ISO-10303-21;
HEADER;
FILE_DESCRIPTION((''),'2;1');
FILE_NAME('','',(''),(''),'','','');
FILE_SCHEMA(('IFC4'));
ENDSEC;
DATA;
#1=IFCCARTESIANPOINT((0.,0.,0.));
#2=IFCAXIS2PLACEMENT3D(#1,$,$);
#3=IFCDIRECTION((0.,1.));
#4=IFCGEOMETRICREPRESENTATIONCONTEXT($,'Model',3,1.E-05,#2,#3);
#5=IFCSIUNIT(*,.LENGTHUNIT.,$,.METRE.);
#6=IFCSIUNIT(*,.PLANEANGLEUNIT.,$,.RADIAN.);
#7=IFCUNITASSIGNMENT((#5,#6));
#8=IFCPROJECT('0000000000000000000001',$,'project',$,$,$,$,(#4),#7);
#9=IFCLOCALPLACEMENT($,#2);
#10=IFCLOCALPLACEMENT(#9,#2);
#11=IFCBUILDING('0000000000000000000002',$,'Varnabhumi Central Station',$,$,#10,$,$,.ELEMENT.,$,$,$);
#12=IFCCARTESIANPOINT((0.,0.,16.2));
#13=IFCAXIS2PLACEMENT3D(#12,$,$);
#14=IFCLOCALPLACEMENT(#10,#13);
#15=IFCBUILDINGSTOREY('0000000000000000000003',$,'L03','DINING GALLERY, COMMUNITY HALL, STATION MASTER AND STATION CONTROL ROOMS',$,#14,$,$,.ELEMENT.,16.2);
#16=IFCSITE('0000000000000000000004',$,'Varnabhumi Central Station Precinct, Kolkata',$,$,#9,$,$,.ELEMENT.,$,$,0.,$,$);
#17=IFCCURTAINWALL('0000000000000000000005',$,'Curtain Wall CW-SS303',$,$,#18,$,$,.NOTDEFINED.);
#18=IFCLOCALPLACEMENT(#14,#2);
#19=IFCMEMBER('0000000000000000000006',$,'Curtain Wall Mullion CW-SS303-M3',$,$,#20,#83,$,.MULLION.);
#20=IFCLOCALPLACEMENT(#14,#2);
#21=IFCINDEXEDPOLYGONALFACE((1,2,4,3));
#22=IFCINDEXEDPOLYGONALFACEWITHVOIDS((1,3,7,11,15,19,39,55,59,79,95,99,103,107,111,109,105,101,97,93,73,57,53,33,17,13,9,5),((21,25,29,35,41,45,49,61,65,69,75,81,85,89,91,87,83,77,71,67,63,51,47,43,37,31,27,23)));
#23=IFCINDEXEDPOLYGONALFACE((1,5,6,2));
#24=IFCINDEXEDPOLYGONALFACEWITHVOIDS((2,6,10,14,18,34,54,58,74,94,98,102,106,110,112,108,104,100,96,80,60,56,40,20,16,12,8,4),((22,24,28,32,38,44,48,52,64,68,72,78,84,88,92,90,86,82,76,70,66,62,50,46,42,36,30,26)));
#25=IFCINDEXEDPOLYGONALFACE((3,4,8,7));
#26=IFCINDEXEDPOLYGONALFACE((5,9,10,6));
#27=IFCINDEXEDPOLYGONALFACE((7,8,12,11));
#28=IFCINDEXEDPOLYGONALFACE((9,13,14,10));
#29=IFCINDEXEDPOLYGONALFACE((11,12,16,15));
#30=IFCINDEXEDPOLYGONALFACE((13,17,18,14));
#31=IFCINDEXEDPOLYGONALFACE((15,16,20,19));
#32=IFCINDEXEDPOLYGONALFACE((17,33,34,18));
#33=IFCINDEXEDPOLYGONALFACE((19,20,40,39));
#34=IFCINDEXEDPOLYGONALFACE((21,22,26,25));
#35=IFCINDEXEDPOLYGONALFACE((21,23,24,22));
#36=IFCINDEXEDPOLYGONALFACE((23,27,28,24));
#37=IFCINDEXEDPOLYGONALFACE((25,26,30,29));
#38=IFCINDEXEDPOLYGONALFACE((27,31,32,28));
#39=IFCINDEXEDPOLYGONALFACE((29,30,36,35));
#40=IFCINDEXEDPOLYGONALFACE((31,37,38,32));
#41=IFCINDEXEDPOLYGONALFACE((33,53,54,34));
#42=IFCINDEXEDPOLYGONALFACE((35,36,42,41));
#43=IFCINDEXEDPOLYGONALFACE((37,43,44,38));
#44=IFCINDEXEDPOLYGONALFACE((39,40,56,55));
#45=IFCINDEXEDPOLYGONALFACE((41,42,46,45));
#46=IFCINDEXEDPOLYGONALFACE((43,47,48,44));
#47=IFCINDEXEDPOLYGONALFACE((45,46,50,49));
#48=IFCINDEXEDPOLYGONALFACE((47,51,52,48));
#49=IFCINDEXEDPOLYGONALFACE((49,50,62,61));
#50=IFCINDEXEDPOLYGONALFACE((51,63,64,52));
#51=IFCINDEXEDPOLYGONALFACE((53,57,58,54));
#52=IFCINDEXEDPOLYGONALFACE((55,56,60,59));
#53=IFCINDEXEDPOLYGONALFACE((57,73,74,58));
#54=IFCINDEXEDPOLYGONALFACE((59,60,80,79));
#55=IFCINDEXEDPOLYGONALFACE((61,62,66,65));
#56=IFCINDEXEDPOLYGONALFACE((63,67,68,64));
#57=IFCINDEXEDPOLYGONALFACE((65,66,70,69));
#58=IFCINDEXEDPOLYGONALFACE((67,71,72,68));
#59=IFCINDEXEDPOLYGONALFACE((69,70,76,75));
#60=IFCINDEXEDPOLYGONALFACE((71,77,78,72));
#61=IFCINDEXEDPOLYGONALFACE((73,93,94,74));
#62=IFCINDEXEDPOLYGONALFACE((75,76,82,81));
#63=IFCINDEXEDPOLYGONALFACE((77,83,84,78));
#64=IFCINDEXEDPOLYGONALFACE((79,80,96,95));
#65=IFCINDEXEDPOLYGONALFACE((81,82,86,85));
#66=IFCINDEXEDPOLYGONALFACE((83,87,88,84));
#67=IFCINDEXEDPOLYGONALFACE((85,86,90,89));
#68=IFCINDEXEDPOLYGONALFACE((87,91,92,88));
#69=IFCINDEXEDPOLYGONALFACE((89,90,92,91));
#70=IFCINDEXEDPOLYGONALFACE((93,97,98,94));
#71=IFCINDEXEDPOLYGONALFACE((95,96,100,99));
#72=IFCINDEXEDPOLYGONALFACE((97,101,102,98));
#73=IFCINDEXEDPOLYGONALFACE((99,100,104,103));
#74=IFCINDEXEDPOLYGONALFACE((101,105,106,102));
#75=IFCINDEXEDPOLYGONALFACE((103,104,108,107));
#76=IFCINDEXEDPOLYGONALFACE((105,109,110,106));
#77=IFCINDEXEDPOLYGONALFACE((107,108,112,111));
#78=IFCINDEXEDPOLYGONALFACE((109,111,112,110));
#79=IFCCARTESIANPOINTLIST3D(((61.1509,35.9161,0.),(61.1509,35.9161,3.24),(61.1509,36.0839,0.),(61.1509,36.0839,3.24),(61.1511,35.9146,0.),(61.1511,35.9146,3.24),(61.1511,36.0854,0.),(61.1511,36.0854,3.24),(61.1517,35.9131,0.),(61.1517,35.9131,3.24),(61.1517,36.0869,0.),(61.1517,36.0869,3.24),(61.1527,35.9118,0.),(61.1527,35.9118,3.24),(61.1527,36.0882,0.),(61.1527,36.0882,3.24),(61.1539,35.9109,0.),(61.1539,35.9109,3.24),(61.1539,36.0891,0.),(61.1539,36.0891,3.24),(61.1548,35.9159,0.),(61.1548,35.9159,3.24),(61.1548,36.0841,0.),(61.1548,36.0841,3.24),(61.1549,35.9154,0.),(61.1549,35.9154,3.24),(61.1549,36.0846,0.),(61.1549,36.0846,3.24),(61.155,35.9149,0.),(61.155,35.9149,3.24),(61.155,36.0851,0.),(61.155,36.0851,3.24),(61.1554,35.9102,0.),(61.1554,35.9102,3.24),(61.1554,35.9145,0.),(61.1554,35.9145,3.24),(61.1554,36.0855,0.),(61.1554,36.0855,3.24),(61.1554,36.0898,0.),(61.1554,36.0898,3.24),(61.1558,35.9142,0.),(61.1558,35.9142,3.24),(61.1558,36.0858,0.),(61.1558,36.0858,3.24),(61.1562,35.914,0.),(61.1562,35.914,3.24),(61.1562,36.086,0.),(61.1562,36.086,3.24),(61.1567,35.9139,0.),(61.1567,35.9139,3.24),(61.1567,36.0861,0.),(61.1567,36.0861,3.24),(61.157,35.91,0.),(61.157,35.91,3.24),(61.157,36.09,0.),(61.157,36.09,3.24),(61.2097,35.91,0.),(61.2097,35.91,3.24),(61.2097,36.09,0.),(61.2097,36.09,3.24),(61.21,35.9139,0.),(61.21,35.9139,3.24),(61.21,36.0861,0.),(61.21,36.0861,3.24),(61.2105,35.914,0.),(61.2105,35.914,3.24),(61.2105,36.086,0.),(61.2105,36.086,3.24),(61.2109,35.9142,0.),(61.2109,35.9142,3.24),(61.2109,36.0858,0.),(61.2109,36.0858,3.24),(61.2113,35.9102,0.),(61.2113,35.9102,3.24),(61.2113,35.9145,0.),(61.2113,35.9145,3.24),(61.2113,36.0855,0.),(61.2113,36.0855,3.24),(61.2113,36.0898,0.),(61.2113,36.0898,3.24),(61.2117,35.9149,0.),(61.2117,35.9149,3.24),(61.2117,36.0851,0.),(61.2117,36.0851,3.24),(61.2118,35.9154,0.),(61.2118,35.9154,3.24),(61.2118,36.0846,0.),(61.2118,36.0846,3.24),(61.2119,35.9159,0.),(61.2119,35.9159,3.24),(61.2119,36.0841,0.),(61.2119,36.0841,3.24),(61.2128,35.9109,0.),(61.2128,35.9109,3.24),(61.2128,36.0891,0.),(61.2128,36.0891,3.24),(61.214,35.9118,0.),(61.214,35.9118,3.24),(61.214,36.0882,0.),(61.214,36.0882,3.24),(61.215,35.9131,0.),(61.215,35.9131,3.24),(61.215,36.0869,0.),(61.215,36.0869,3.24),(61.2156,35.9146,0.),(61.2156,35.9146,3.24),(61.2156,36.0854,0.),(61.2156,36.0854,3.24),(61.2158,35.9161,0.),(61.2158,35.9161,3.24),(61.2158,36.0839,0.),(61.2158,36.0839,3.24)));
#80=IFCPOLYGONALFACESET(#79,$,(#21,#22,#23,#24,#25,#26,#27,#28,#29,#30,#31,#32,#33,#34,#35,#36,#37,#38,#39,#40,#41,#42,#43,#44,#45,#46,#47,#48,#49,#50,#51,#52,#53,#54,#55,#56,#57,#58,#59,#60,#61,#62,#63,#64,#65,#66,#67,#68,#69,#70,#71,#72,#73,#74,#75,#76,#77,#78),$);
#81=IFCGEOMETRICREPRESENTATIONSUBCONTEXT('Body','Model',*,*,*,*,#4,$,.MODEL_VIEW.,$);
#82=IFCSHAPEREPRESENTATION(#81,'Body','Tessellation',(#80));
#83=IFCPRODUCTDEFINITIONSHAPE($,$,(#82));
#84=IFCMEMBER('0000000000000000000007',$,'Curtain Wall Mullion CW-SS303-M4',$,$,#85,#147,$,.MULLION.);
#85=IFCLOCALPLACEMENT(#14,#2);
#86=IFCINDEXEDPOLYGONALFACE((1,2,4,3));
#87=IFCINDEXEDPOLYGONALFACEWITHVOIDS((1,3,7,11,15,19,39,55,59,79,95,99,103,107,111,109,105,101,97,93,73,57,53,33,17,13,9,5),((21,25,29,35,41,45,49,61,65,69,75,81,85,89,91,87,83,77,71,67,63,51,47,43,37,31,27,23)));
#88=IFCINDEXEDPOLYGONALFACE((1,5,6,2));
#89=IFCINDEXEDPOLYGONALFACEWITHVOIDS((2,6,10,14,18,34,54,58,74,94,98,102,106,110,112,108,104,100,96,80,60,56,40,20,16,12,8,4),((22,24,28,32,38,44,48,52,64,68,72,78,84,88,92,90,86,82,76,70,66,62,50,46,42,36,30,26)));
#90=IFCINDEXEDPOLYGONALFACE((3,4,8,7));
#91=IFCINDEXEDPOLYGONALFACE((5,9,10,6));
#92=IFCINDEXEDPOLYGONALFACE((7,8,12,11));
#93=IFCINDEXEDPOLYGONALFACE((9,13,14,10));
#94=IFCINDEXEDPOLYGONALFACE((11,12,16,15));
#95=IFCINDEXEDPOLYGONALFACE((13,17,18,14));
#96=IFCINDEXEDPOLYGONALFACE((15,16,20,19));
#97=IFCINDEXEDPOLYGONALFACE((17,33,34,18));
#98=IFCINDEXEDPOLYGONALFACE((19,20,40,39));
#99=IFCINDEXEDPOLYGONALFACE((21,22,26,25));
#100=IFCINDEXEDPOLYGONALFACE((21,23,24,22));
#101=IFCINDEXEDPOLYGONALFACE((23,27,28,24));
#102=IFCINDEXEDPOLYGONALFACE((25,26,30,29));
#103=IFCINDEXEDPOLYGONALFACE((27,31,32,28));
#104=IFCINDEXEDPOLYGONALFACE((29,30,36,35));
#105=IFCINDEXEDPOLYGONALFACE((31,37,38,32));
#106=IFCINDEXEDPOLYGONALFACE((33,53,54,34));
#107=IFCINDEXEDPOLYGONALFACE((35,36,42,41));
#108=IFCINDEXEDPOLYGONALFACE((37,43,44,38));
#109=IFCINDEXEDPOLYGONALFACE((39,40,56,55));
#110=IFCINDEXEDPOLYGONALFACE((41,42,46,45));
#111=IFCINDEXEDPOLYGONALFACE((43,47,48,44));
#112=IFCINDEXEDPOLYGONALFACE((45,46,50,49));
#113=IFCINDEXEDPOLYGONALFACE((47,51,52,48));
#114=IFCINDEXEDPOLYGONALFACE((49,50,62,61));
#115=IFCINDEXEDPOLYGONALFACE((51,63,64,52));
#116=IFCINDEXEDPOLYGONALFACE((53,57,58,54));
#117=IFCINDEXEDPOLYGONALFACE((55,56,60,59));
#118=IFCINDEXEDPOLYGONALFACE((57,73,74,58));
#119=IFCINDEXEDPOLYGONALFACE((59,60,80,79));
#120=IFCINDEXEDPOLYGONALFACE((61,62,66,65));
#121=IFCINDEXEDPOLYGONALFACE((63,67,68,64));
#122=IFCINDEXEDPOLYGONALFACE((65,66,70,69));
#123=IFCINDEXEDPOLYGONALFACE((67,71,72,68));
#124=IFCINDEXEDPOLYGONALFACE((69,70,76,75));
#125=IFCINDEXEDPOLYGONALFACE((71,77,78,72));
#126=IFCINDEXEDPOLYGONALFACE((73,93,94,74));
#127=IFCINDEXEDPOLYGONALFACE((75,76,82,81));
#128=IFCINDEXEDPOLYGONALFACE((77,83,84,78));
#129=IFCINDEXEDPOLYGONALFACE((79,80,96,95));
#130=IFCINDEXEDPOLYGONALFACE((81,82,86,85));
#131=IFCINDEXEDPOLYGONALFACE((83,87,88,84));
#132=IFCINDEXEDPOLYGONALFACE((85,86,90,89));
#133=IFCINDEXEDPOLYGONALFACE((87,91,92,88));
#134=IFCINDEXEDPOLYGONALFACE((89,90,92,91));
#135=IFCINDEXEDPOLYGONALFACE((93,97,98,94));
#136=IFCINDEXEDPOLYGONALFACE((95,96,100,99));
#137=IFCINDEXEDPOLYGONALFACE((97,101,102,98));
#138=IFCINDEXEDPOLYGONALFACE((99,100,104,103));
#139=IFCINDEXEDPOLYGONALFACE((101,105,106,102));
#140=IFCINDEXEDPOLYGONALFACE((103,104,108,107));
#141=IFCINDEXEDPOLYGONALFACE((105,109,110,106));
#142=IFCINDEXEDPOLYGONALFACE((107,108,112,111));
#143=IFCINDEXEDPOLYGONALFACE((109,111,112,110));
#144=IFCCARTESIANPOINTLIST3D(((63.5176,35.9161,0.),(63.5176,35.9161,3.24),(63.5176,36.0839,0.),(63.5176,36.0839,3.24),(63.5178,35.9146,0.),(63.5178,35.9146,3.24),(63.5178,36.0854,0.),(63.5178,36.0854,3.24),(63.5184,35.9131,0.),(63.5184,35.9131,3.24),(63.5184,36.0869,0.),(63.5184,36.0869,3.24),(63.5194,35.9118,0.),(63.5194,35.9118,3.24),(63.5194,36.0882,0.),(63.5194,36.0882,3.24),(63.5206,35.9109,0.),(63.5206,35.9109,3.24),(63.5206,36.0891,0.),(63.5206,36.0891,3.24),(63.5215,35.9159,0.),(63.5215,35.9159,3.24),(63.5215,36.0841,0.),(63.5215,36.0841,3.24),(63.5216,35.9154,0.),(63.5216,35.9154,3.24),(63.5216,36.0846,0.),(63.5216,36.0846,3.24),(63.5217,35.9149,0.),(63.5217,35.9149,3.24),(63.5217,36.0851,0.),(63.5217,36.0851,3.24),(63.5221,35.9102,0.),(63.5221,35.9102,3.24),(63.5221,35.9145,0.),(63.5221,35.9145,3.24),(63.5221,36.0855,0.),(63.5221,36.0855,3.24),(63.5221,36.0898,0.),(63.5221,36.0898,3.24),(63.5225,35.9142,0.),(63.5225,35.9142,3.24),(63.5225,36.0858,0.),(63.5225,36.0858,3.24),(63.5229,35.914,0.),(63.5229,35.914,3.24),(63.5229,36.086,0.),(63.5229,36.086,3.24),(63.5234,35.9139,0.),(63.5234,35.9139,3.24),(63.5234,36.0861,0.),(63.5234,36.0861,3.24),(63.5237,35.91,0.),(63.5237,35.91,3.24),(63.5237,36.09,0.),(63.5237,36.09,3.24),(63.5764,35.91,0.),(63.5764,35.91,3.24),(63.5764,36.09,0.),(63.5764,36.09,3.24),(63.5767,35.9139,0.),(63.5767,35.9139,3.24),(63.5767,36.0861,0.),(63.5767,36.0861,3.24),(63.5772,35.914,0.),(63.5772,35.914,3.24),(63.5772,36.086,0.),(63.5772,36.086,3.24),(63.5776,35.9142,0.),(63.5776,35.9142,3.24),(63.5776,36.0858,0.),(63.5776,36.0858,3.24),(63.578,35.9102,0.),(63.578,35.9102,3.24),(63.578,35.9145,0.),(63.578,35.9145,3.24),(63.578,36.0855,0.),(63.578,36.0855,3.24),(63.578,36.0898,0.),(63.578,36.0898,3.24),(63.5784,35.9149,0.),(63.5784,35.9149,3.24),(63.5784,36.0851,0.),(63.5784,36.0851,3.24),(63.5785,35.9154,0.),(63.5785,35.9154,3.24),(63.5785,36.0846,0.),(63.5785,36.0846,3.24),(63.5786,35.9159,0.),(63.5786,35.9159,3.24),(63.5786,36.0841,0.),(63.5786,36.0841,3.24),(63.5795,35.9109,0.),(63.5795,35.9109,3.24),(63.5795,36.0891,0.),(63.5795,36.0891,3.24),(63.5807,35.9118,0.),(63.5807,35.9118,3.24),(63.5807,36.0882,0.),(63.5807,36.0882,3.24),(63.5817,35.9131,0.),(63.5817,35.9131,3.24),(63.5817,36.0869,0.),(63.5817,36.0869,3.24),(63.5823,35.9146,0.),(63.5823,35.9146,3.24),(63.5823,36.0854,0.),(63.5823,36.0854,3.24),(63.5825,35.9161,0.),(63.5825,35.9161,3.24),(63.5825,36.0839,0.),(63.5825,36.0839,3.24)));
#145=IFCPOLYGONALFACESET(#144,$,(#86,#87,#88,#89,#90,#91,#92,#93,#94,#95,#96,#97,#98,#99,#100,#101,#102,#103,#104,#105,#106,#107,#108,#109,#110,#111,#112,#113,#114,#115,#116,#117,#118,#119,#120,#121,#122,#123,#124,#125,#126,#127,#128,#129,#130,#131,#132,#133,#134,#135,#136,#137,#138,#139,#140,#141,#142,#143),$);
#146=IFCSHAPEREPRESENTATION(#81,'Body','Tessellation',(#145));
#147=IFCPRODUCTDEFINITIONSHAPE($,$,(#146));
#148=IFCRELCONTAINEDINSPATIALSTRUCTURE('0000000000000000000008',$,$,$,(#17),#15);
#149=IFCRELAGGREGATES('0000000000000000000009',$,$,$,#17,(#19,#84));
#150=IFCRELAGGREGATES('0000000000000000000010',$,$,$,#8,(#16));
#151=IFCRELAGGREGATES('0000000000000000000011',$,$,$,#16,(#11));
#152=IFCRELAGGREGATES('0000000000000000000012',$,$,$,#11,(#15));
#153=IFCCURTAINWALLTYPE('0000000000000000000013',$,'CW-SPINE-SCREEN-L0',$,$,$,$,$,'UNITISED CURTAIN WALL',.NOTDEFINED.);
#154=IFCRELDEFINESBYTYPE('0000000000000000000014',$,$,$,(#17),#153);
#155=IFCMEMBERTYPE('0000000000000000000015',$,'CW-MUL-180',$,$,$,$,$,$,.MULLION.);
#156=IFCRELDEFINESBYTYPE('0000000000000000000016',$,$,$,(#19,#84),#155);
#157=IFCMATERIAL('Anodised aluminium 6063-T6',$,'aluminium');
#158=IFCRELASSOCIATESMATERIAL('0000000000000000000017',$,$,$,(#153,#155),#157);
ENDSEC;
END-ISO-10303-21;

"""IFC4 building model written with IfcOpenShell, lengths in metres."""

from ifc_helpers import new_model, si_unit, direction, frame, origin, origin_2d, place, context, subcontext, project, spatial, hollow_rectangle, extrude, material, material_profile, profile_set, type_object, element, aggregate, save


model = new_model("IFC4")

# Units and contexts
model_context = context("Model", 3, precision=1e-05, world=origin(), true_north=direction((0.0, 1.0)))
body_context = subcontext(model_context, "Body", "Model", "MODEL_VIEW")
ifc_project = project(units=[si_unit("LENGTHUNIT", "METRE"), si_unit("PLANEANGLEUNIT", "RADIAN")], contexts=[model_context])

# Site, building, storey
site_placement = place(None, origin())
site = spatial("IfcSite", under=ifc_project, at=site_placement, Name="Varnabhumi Central Station Precinct, Kolkata", CompositionType="ELEMENT", RefElevation=0.0)
building_placement = place(site_placement, origin())
building = spatial("IfcBuilding", under=site, at=building_placement, Name="Varnabhumi Central Station", CompositionType="ELEMENT")
storey_placement = place(building_placement, frame((0.0, 0.0, 16.2)))
storey = spatial("IfcBuildingStorey", under=building, at=storey_placement, Name="L03", Description="DINING GALLERY, COMMUNITY HALL, STATION MASTER AND STATION CONTROL ROOMS", CompositionType="ELEMENT", Elevation=16.2)

# Curtain wall, members
ifc_material_1 = material(Name="Anodised aluminium 6063-T6", Category="aluminium")
curtain_wall_type = type_object("IfcCurtainWallType", Name="CW-SPINE-SCREEN-L0", ElementType="UNITISED CURTAIN WALL", PredefinedType="NOTDEFINED", material=ifc_material_1)
curtain_wall_placement = place(storey_placement, origin())
curtain_wall = element("IfcCurtainWall", 1, at=curtain_wall_placement, inside=storey, type_object=curtain_wall_type, Name="Curtain Wall CW-SS303", PredefinedType="NOTDEFINED")
ifc_material_profile_1 = material_profile(ifc_material_1, hollow_rectangle(XDim=0.0649, YDim=0.1799, WallThickness=0.0039, InnerFilletRadius=0.002, OuterFilletRadius=0.0061, at=origin_2d()), Name="Anodised aluminium 6063-T6", Category="aluminium")
ifc_profile_set_1 = profile_set([ifc_material_profile_1], Name="Anodised aluminium 6063-T6")
member_type_1 = type_object("IfcMemberType", Name="CW-MUL-180", PredefinedType="MULLION", material=ifc_profile_set_1)
member_1_placement = place(storey_placement, frame((61.1833, 36.0, 0.0), z_axis=(0.0, 0.0, 1.0), x_axis=(1.0, 0.0, 0.0)))
member_1 = element("IfcMember", 2, at=member_1_placement, type_object=member_type_1, Name="Curtain Wall Mullion CW-SS303-M3", PredefinedType="MULLION", context=body_context, shape_type="SweptSolid", body=[
    extrude(hollow_rectangle(XDim=0.0649, YDim=0.1799, WallThickness=0.0039, InnerFilletRadius=0.002, OuterFilletRadius=0.0061, at=origin_2d()), origin(), (0.0, 0.0, 1.0), 3.24),
])
member_2_placement = place(storey_placement, frame((63.55, 36.0, 0.0), z_axis=(0.0, 0.0, 1.0), x_axis=(1.0, 0.0, 0.0)))
member_2 = element("IfcMember", 3, at=member_2_placement, type_object=member_type_1, Name="Curtain Wall Mullion CW-SS303-M4", PredefinedType="MULLION", context=body_context, shape_type="SweptSolid", body=[
    extrude(hollow_rectangle(XDim=0.0649, YDim=0.1799, WallThickness=0.0039, InnerFilletRadius=0.002, OuterFilletRadius=0.0061, at=origin_2d()), origin(), (0.0, 0.0, 1.0), 3.24),
])
aggregate(curtain_wall, [member_1, member_2])

save(model, "model.ifc")
